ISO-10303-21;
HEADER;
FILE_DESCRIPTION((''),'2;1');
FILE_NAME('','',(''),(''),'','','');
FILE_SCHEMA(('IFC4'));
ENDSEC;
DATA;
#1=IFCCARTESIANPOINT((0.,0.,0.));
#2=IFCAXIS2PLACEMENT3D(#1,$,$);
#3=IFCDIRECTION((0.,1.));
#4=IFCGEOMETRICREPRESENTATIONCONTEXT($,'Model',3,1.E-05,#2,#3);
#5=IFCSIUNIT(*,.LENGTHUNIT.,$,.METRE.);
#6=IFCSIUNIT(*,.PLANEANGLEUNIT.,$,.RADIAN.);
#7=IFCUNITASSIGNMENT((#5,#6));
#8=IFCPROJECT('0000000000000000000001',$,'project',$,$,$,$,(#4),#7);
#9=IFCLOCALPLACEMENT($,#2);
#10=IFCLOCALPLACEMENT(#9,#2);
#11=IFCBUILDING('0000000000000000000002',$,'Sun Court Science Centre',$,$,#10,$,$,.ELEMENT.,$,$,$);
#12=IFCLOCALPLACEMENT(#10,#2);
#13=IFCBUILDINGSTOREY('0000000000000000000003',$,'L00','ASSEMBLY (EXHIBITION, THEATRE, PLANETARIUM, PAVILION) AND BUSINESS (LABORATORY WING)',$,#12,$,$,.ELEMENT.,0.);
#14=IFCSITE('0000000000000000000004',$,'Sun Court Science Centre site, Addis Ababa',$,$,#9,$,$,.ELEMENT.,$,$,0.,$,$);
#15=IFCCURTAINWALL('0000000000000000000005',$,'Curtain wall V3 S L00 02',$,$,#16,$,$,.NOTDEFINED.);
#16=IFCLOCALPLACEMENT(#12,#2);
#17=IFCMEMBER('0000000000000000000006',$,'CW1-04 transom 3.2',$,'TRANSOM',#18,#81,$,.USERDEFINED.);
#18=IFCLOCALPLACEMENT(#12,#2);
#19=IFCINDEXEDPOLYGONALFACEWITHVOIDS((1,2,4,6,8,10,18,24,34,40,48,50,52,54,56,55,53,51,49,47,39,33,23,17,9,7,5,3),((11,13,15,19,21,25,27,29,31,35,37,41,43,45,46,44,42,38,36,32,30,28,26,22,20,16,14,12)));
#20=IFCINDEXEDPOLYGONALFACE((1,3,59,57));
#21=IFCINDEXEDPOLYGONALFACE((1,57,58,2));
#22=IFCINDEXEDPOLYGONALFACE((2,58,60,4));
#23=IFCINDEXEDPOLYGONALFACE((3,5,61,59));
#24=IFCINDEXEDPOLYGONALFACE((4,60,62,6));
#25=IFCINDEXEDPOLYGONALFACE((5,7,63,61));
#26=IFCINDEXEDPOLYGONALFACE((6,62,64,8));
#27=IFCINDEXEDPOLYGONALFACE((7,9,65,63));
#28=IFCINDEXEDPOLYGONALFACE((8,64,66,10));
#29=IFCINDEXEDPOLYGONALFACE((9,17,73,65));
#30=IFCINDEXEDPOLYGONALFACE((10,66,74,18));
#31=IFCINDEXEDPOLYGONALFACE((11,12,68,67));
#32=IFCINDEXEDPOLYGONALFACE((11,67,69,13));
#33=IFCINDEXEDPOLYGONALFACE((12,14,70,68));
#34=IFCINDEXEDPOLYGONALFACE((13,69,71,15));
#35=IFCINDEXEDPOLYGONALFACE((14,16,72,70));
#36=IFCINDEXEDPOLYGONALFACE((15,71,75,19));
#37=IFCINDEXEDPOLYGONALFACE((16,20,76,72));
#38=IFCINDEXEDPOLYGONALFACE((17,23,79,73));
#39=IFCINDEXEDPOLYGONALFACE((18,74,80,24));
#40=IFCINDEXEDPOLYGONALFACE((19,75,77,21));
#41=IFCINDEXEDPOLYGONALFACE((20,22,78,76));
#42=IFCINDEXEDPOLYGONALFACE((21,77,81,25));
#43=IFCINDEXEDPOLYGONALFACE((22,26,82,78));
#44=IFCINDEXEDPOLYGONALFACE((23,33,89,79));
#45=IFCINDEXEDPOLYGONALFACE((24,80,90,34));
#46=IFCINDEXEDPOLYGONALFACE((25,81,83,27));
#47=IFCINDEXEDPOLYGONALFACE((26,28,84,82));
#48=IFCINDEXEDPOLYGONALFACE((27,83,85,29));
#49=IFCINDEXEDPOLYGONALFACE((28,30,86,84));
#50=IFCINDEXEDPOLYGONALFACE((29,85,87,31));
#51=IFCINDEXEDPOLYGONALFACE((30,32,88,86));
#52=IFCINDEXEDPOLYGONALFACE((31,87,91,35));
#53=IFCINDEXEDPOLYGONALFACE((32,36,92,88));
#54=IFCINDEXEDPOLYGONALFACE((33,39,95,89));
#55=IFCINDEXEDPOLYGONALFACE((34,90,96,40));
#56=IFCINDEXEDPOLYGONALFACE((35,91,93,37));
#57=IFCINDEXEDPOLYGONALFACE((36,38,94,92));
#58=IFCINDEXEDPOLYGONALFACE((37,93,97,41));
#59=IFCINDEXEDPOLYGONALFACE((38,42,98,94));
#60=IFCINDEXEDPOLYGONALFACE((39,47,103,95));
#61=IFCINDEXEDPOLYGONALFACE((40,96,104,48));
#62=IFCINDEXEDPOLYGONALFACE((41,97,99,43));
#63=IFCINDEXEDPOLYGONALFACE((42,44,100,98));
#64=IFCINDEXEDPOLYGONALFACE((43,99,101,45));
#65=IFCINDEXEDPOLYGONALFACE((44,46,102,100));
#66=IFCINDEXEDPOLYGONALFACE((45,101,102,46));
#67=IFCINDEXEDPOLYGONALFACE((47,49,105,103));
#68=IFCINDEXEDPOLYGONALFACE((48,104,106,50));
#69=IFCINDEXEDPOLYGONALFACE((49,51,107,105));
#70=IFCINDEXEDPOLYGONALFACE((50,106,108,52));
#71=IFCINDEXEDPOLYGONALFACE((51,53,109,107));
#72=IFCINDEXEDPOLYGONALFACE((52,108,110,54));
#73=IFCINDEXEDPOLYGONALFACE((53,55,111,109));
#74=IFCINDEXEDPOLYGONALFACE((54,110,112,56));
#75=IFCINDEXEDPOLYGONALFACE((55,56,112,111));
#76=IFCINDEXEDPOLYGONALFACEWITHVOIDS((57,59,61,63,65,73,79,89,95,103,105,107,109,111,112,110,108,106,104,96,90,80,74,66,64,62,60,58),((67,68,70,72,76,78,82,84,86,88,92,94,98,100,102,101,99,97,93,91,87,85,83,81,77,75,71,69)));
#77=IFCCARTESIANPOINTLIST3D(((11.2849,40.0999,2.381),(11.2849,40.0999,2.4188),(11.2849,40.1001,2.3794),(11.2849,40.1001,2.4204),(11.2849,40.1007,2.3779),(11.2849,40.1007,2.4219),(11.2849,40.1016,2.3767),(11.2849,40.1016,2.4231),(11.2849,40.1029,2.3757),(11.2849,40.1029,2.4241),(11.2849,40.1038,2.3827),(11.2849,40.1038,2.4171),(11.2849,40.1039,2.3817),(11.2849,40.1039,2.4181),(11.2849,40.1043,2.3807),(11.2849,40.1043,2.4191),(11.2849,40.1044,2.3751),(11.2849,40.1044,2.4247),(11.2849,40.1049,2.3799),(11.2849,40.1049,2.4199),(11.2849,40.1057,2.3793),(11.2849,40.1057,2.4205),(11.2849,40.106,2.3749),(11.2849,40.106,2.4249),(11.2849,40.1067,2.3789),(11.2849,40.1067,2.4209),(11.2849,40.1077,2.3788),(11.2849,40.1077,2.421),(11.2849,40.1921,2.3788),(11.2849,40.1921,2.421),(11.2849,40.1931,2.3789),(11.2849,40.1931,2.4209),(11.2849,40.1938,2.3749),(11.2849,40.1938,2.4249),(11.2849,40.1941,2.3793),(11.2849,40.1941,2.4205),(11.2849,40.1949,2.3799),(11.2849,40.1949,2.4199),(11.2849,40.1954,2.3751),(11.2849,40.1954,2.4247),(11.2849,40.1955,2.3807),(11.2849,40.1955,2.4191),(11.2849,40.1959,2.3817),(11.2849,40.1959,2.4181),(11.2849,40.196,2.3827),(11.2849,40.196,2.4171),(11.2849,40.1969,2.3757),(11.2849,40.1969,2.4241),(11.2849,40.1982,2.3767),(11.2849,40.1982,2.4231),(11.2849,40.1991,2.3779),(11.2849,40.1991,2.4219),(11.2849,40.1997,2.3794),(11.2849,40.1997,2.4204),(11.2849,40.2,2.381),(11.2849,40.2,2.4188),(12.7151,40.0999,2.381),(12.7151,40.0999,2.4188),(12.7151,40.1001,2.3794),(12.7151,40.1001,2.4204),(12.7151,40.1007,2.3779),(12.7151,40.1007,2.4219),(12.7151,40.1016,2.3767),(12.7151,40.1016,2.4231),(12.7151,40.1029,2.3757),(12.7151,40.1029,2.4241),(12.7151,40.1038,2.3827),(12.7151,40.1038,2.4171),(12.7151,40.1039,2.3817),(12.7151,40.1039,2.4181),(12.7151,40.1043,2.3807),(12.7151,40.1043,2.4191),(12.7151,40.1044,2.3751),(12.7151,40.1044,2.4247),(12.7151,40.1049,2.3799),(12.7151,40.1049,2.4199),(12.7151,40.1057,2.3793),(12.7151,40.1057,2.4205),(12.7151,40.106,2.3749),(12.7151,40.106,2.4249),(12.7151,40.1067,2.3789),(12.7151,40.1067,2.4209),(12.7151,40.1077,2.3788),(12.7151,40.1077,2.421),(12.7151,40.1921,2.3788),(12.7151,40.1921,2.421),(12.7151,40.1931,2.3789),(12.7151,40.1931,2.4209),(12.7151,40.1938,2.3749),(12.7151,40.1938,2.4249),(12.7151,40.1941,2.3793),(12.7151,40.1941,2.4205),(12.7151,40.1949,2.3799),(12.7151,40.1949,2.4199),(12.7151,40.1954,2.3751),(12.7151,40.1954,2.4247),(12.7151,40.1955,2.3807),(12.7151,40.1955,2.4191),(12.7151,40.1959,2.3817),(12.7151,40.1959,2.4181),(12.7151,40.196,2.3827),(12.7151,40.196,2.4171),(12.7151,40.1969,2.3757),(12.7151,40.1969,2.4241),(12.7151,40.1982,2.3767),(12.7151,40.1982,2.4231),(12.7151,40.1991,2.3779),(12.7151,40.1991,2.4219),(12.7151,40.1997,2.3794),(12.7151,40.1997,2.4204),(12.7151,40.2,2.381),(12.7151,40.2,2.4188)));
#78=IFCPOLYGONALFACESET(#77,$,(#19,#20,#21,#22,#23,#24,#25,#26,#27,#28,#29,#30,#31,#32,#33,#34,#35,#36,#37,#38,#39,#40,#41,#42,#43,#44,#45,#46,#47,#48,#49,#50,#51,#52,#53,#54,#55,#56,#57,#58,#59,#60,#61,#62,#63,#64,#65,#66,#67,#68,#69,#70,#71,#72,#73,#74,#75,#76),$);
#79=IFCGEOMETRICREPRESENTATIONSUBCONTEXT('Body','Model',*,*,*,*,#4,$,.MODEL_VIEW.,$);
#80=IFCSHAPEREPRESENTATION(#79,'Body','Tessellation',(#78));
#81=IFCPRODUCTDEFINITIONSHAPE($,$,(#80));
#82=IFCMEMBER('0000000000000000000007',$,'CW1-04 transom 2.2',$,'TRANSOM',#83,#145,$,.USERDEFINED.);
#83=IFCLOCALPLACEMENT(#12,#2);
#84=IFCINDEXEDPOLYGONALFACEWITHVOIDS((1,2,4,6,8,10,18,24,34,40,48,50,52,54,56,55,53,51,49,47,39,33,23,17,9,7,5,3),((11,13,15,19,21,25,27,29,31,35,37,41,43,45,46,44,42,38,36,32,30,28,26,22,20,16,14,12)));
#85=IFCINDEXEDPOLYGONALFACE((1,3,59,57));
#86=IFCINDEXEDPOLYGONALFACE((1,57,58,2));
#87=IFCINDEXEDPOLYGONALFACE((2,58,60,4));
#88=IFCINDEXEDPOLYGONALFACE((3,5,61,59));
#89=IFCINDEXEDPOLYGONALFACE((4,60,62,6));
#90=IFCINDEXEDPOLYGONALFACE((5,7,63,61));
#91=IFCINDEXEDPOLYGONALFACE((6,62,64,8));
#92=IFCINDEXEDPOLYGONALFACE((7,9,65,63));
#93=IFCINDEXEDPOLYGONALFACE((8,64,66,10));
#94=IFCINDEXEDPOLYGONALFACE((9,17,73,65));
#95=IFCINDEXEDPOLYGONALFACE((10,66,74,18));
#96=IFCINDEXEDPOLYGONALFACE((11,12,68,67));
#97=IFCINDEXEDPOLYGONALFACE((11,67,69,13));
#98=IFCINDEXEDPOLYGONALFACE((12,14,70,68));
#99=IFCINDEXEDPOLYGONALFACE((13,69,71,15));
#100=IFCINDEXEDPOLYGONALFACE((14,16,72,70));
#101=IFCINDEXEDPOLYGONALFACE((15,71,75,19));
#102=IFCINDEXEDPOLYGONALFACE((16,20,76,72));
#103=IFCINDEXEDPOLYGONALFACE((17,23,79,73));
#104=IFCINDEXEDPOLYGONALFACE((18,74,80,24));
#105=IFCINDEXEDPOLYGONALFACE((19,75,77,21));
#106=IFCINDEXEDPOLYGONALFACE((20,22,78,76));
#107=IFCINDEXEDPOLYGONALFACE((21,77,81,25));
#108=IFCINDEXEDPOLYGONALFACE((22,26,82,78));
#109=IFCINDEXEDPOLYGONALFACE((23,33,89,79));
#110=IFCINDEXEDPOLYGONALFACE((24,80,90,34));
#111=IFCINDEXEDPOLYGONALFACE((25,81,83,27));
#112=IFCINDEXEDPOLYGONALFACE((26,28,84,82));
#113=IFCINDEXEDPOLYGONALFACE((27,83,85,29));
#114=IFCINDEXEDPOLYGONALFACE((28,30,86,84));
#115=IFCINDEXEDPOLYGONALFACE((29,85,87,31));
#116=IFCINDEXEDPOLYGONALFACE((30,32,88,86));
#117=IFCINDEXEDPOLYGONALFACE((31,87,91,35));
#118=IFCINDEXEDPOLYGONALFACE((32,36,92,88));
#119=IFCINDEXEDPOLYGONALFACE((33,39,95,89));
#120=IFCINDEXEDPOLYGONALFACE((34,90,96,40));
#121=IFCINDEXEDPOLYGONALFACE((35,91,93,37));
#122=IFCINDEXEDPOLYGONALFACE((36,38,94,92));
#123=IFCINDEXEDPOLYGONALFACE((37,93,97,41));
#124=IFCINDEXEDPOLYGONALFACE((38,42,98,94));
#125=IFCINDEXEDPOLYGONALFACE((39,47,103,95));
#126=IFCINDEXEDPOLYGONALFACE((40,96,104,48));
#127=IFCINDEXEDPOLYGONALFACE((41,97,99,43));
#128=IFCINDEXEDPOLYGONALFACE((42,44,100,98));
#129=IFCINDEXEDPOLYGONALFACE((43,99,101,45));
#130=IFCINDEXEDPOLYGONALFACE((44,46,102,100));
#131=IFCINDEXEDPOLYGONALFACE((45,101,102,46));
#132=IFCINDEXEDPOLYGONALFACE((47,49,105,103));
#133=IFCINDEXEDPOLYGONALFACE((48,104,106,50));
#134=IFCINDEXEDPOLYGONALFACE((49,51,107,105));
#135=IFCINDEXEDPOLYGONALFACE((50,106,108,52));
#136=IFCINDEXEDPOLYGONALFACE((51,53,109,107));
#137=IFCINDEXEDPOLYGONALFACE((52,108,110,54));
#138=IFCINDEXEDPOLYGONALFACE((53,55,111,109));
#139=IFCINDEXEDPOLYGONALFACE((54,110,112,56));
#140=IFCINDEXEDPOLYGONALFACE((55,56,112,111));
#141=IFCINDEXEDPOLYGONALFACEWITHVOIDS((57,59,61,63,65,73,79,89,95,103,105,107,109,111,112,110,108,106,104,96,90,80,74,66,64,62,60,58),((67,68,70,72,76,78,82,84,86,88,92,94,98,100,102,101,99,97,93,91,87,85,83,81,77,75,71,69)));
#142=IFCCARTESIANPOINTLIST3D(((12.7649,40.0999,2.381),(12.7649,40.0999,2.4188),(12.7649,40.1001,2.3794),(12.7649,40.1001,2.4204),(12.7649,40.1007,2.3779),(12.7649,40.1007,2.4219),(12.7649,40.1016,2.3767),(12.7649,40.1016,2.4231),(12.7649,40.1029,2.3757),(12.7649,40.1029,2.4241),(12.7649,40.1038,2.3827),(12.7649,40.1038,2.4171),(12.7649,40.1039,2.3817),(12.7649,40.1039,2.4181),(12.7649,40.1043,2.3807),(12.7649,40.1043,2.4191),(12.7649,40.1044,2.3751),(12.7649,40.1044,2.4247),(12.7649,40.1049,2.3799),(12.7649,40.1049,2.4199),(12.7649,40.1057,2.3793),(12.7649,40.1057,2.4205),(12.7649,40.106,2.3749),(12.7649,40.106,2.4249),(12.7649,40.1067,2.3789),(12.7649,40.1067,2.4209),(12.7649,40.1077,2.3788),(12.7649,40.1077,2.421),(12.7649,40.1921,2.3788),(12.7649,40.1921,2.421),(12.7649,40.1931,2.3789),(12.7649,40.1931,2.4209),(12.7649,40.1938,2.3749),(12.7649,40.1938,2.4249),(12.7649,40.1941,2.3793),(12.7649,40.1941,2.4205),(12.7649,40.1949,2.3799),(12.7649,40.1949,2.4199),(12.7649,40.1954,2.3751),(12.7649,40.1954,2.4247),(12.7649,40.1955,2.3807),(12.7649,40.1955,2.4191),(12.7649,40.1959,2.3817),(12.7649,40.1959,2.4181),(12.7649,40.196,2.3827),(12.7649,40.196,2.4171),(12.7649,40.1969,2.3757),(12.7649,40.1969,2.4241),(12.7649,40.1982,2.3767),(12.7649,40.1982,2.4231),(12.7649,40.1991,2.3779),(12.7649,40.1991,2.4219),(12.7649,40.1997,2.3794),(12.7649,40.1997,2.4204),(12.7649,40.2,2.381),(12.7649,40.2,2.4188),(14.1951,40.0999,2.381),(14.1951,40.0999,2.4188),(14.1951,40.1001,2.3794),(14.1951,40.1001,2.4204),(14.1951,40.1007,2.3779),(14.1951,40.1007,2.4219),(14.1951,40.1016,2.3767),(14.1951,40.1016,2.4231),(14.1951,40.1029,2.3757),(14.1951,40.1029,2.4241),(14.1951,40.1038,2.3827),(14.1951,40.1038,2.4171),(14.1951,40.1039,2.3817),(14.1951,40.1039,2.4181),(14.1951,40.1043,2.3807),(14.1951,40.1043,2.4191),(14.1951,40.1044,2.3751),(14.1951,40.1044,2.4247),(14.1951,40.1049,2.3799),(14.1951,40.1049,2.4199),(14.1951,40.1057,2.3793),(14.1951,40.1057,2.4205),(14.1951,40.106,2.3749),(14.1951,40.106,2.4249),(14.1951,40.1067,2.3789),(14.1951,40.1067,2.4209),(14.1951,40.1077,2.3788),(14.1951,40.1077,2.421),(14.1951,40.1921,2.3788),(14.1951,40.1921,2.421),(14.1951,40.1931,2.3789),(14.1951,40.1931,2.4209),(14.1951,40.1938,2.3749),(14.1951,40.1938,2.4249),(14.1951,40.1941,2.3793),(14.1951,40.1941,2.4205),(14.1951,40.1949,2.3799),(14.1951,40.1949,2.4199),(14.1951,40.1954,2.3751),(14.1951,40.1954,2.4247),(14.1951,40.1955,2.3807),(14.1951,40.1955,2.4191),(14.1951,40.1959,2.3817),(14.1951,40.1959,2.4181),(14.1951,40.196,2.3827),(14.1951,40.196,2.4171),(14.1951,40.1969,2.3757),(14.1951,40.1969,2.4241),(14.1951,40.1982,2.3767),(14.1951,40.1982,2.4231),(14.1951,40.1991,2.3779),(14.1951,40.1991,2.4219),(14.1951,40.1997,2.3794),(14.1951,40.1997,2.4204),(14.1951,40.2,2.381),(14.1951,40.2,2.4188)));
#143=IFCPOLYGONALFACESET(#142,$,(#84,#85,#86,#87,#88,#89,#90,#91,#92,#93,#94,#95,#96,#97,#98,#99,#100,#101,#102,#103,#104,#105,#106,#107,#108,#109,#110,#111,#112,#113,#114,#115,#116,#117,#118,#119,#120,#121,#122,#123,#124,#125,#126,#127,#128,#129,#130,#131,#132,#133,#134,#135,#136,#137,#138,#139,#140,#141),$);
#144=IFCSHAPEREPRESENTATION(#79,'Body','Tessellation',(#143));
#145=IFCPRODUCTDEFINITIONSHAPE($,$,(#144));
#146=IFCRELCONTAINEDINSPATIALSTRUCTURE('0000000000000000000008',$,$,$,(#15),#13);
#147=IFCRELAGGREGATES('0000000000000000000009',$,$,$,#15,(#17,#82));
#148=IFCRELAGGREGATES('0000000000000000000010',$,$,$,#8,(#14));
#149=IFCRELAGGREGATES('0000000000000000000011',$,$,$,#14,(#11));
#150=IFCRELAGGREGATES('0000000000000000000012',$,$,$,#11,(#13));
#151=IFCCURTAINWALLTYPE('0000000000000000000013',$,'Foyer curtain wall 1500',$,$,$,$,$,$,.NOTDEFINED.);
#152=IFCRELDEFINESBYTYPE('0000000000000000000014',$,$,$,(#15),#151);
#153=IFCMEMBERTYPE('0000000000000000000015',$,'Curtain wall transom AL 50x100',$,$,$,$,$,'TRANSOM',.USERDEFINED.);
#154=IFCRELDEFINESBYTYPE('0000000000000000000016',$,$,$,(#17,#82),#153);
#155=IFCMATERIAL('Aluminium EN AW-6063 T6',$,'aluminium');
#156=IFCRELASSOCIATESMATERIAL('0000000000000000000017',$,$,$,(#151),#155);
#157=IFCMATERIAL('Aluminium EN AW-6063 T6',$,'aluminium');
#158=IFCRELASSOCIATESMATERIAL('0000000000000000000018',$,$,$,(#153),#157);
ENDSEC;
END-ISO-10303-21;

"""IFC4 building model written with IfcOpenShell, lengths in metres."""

from ifc_helpers import new_model, si_unit, direction, frame, origin, origin_2d, place, context, subcontext, project, spatial, hollow_rectangle, extrude, material, material_profile, profile_set, type_object, element, aggregate, save


model = new_model("IFC4")

# Units and contexts
model_context = context("Model", 3, precision=1e-05, world=origin(), true_north=direction((0.0, 1.0)))
body_context = subcontext(model_context, "Body", "Model", "MODEL_VIEW")
ifc_project = project(units=[si_unit("LENGTHUNIT", "METRE"), si_unit("PLANEANGLEUNIT", "RADIAN")], contexts=[model_context])

# Site, building, storey
site_placement = place(None, origin())
site = spatial("IfcSite", under=ifc_project, at=site_placement, Name="Sun Court Science Centre site, Addis Ababa", CompositionType="ELEMENT", RefElevation=0.0)
building_placement = place(site_placement, origin())
building = spatial("IfcBuilding", under=site, at=building_placement, Name="Sun Court Science Centre", CompositionType="ELEMENT")
storey_placement = place(building_placement, origin())
storey = spatial("IfcBuildingStorey", under=building, at=storey_placement, Name="L00", Description="ASSEMBLY (EXHIBITION, THEATRE, PLANETARIUM, PAVILION) AND BUSINESS (LABORATORY WING)", CompositionType="ELEMENT", Elevation=0.0)

# Curtain wall
ifc_material_1 = material(Name="Aluminium EN AW-6063 T6", Category="aluminium")
curtain_wall_type = type_object("IfcCurtainWallType", Name="Foyer curtain wall 1500", PredefinedType="NOTDEFINED", material=ifc_material_1)
curtain_wall_1_placement = place(storey_placement, origin())
curtain_wall_1 = element("IfcCurtainWall", 1, at=curtain_wall_1_placement, inside=storey, type_object=curtain_wall_type, Name="Curtain wall V3 S L00 02", PredefinedType="NOTDEFINED")

# Members
ifc_material_2 = material(Name="Aluminium EN AW-6063 T6", Category="aluminium")
ifc_material_profile_1 = material_profile(ifc_material_2, hollow_rectangle(XDim=0.05, YDim=0.1001, WallThickness=0.0039, InnerFilletRadius=0.0039, OuterFilletRadius=0.0061, at=origin_2d()), Name="AL 50x100x4")
ifc_profile_set_1 = profile_set([ifc_material_profile_1], Name="Aluminium EN AW-6063 T6")
member_type_1 = type_object("IfcMemberType", Name="Curtain wall transom AL 50x100", ElementType="TRANSOM", PredefinedType="USERDEFINED", material=ifc_profile_set_1)
member_1_placement = place(storey_placement, frame((12.7151, 40.1499, 2.3999), z_axis=(-1.0, 0.0, 0.0), x_axis=(0.0, 0.0, 1.0)))
member_1 = element("IfcMember", 2, at=member_1_placement, type_object=member_type_1, Name="CW1-04 transom 3.2", ObjectType="TRANSOM", PredefinedType="USERDEFINED", context=body_context, shape_type="SweptSolid", body=[
    extrude(hollow_rectangle(XDim=0.05, YDim=0.1001, WallThickness=0.0039, InnerFilletRadius=0.0039, OuterFilletRadius=0.0061, at=origin_2d()), origin(), (0.0, 0.0, 1.0), 1.4302),
])
member_2_placement = place(storey_placement, frame((14.1951, 40.1499, 2.3999), z_axis=(-1.0, 0.0, 0.0), x_axis=(0.0, 0.0, 1.0)))
member_2 = element("IfcMember", 3, at=member_2_placement, type_object=member_type_1, Name="CW1-04 transom 2.2", ObjectType="TRANSOM", PredefinedType="USERDEFINED", context=body_context, shape_type="SweptSolid", body=[
    extrude(hollow_rectangle(XDim=0.05, YDim=0.1001, WallThickness=0.0039, InnerFilletRadius=0.0039, OuterFilletRadius=0.0061, at=origin_2d()), origin(), (0.0, 0.0, 1.0), 1.4302),
])

aggregate(curtain_wall_1, [member_1, member_2])

save(model, "model.ifc")
